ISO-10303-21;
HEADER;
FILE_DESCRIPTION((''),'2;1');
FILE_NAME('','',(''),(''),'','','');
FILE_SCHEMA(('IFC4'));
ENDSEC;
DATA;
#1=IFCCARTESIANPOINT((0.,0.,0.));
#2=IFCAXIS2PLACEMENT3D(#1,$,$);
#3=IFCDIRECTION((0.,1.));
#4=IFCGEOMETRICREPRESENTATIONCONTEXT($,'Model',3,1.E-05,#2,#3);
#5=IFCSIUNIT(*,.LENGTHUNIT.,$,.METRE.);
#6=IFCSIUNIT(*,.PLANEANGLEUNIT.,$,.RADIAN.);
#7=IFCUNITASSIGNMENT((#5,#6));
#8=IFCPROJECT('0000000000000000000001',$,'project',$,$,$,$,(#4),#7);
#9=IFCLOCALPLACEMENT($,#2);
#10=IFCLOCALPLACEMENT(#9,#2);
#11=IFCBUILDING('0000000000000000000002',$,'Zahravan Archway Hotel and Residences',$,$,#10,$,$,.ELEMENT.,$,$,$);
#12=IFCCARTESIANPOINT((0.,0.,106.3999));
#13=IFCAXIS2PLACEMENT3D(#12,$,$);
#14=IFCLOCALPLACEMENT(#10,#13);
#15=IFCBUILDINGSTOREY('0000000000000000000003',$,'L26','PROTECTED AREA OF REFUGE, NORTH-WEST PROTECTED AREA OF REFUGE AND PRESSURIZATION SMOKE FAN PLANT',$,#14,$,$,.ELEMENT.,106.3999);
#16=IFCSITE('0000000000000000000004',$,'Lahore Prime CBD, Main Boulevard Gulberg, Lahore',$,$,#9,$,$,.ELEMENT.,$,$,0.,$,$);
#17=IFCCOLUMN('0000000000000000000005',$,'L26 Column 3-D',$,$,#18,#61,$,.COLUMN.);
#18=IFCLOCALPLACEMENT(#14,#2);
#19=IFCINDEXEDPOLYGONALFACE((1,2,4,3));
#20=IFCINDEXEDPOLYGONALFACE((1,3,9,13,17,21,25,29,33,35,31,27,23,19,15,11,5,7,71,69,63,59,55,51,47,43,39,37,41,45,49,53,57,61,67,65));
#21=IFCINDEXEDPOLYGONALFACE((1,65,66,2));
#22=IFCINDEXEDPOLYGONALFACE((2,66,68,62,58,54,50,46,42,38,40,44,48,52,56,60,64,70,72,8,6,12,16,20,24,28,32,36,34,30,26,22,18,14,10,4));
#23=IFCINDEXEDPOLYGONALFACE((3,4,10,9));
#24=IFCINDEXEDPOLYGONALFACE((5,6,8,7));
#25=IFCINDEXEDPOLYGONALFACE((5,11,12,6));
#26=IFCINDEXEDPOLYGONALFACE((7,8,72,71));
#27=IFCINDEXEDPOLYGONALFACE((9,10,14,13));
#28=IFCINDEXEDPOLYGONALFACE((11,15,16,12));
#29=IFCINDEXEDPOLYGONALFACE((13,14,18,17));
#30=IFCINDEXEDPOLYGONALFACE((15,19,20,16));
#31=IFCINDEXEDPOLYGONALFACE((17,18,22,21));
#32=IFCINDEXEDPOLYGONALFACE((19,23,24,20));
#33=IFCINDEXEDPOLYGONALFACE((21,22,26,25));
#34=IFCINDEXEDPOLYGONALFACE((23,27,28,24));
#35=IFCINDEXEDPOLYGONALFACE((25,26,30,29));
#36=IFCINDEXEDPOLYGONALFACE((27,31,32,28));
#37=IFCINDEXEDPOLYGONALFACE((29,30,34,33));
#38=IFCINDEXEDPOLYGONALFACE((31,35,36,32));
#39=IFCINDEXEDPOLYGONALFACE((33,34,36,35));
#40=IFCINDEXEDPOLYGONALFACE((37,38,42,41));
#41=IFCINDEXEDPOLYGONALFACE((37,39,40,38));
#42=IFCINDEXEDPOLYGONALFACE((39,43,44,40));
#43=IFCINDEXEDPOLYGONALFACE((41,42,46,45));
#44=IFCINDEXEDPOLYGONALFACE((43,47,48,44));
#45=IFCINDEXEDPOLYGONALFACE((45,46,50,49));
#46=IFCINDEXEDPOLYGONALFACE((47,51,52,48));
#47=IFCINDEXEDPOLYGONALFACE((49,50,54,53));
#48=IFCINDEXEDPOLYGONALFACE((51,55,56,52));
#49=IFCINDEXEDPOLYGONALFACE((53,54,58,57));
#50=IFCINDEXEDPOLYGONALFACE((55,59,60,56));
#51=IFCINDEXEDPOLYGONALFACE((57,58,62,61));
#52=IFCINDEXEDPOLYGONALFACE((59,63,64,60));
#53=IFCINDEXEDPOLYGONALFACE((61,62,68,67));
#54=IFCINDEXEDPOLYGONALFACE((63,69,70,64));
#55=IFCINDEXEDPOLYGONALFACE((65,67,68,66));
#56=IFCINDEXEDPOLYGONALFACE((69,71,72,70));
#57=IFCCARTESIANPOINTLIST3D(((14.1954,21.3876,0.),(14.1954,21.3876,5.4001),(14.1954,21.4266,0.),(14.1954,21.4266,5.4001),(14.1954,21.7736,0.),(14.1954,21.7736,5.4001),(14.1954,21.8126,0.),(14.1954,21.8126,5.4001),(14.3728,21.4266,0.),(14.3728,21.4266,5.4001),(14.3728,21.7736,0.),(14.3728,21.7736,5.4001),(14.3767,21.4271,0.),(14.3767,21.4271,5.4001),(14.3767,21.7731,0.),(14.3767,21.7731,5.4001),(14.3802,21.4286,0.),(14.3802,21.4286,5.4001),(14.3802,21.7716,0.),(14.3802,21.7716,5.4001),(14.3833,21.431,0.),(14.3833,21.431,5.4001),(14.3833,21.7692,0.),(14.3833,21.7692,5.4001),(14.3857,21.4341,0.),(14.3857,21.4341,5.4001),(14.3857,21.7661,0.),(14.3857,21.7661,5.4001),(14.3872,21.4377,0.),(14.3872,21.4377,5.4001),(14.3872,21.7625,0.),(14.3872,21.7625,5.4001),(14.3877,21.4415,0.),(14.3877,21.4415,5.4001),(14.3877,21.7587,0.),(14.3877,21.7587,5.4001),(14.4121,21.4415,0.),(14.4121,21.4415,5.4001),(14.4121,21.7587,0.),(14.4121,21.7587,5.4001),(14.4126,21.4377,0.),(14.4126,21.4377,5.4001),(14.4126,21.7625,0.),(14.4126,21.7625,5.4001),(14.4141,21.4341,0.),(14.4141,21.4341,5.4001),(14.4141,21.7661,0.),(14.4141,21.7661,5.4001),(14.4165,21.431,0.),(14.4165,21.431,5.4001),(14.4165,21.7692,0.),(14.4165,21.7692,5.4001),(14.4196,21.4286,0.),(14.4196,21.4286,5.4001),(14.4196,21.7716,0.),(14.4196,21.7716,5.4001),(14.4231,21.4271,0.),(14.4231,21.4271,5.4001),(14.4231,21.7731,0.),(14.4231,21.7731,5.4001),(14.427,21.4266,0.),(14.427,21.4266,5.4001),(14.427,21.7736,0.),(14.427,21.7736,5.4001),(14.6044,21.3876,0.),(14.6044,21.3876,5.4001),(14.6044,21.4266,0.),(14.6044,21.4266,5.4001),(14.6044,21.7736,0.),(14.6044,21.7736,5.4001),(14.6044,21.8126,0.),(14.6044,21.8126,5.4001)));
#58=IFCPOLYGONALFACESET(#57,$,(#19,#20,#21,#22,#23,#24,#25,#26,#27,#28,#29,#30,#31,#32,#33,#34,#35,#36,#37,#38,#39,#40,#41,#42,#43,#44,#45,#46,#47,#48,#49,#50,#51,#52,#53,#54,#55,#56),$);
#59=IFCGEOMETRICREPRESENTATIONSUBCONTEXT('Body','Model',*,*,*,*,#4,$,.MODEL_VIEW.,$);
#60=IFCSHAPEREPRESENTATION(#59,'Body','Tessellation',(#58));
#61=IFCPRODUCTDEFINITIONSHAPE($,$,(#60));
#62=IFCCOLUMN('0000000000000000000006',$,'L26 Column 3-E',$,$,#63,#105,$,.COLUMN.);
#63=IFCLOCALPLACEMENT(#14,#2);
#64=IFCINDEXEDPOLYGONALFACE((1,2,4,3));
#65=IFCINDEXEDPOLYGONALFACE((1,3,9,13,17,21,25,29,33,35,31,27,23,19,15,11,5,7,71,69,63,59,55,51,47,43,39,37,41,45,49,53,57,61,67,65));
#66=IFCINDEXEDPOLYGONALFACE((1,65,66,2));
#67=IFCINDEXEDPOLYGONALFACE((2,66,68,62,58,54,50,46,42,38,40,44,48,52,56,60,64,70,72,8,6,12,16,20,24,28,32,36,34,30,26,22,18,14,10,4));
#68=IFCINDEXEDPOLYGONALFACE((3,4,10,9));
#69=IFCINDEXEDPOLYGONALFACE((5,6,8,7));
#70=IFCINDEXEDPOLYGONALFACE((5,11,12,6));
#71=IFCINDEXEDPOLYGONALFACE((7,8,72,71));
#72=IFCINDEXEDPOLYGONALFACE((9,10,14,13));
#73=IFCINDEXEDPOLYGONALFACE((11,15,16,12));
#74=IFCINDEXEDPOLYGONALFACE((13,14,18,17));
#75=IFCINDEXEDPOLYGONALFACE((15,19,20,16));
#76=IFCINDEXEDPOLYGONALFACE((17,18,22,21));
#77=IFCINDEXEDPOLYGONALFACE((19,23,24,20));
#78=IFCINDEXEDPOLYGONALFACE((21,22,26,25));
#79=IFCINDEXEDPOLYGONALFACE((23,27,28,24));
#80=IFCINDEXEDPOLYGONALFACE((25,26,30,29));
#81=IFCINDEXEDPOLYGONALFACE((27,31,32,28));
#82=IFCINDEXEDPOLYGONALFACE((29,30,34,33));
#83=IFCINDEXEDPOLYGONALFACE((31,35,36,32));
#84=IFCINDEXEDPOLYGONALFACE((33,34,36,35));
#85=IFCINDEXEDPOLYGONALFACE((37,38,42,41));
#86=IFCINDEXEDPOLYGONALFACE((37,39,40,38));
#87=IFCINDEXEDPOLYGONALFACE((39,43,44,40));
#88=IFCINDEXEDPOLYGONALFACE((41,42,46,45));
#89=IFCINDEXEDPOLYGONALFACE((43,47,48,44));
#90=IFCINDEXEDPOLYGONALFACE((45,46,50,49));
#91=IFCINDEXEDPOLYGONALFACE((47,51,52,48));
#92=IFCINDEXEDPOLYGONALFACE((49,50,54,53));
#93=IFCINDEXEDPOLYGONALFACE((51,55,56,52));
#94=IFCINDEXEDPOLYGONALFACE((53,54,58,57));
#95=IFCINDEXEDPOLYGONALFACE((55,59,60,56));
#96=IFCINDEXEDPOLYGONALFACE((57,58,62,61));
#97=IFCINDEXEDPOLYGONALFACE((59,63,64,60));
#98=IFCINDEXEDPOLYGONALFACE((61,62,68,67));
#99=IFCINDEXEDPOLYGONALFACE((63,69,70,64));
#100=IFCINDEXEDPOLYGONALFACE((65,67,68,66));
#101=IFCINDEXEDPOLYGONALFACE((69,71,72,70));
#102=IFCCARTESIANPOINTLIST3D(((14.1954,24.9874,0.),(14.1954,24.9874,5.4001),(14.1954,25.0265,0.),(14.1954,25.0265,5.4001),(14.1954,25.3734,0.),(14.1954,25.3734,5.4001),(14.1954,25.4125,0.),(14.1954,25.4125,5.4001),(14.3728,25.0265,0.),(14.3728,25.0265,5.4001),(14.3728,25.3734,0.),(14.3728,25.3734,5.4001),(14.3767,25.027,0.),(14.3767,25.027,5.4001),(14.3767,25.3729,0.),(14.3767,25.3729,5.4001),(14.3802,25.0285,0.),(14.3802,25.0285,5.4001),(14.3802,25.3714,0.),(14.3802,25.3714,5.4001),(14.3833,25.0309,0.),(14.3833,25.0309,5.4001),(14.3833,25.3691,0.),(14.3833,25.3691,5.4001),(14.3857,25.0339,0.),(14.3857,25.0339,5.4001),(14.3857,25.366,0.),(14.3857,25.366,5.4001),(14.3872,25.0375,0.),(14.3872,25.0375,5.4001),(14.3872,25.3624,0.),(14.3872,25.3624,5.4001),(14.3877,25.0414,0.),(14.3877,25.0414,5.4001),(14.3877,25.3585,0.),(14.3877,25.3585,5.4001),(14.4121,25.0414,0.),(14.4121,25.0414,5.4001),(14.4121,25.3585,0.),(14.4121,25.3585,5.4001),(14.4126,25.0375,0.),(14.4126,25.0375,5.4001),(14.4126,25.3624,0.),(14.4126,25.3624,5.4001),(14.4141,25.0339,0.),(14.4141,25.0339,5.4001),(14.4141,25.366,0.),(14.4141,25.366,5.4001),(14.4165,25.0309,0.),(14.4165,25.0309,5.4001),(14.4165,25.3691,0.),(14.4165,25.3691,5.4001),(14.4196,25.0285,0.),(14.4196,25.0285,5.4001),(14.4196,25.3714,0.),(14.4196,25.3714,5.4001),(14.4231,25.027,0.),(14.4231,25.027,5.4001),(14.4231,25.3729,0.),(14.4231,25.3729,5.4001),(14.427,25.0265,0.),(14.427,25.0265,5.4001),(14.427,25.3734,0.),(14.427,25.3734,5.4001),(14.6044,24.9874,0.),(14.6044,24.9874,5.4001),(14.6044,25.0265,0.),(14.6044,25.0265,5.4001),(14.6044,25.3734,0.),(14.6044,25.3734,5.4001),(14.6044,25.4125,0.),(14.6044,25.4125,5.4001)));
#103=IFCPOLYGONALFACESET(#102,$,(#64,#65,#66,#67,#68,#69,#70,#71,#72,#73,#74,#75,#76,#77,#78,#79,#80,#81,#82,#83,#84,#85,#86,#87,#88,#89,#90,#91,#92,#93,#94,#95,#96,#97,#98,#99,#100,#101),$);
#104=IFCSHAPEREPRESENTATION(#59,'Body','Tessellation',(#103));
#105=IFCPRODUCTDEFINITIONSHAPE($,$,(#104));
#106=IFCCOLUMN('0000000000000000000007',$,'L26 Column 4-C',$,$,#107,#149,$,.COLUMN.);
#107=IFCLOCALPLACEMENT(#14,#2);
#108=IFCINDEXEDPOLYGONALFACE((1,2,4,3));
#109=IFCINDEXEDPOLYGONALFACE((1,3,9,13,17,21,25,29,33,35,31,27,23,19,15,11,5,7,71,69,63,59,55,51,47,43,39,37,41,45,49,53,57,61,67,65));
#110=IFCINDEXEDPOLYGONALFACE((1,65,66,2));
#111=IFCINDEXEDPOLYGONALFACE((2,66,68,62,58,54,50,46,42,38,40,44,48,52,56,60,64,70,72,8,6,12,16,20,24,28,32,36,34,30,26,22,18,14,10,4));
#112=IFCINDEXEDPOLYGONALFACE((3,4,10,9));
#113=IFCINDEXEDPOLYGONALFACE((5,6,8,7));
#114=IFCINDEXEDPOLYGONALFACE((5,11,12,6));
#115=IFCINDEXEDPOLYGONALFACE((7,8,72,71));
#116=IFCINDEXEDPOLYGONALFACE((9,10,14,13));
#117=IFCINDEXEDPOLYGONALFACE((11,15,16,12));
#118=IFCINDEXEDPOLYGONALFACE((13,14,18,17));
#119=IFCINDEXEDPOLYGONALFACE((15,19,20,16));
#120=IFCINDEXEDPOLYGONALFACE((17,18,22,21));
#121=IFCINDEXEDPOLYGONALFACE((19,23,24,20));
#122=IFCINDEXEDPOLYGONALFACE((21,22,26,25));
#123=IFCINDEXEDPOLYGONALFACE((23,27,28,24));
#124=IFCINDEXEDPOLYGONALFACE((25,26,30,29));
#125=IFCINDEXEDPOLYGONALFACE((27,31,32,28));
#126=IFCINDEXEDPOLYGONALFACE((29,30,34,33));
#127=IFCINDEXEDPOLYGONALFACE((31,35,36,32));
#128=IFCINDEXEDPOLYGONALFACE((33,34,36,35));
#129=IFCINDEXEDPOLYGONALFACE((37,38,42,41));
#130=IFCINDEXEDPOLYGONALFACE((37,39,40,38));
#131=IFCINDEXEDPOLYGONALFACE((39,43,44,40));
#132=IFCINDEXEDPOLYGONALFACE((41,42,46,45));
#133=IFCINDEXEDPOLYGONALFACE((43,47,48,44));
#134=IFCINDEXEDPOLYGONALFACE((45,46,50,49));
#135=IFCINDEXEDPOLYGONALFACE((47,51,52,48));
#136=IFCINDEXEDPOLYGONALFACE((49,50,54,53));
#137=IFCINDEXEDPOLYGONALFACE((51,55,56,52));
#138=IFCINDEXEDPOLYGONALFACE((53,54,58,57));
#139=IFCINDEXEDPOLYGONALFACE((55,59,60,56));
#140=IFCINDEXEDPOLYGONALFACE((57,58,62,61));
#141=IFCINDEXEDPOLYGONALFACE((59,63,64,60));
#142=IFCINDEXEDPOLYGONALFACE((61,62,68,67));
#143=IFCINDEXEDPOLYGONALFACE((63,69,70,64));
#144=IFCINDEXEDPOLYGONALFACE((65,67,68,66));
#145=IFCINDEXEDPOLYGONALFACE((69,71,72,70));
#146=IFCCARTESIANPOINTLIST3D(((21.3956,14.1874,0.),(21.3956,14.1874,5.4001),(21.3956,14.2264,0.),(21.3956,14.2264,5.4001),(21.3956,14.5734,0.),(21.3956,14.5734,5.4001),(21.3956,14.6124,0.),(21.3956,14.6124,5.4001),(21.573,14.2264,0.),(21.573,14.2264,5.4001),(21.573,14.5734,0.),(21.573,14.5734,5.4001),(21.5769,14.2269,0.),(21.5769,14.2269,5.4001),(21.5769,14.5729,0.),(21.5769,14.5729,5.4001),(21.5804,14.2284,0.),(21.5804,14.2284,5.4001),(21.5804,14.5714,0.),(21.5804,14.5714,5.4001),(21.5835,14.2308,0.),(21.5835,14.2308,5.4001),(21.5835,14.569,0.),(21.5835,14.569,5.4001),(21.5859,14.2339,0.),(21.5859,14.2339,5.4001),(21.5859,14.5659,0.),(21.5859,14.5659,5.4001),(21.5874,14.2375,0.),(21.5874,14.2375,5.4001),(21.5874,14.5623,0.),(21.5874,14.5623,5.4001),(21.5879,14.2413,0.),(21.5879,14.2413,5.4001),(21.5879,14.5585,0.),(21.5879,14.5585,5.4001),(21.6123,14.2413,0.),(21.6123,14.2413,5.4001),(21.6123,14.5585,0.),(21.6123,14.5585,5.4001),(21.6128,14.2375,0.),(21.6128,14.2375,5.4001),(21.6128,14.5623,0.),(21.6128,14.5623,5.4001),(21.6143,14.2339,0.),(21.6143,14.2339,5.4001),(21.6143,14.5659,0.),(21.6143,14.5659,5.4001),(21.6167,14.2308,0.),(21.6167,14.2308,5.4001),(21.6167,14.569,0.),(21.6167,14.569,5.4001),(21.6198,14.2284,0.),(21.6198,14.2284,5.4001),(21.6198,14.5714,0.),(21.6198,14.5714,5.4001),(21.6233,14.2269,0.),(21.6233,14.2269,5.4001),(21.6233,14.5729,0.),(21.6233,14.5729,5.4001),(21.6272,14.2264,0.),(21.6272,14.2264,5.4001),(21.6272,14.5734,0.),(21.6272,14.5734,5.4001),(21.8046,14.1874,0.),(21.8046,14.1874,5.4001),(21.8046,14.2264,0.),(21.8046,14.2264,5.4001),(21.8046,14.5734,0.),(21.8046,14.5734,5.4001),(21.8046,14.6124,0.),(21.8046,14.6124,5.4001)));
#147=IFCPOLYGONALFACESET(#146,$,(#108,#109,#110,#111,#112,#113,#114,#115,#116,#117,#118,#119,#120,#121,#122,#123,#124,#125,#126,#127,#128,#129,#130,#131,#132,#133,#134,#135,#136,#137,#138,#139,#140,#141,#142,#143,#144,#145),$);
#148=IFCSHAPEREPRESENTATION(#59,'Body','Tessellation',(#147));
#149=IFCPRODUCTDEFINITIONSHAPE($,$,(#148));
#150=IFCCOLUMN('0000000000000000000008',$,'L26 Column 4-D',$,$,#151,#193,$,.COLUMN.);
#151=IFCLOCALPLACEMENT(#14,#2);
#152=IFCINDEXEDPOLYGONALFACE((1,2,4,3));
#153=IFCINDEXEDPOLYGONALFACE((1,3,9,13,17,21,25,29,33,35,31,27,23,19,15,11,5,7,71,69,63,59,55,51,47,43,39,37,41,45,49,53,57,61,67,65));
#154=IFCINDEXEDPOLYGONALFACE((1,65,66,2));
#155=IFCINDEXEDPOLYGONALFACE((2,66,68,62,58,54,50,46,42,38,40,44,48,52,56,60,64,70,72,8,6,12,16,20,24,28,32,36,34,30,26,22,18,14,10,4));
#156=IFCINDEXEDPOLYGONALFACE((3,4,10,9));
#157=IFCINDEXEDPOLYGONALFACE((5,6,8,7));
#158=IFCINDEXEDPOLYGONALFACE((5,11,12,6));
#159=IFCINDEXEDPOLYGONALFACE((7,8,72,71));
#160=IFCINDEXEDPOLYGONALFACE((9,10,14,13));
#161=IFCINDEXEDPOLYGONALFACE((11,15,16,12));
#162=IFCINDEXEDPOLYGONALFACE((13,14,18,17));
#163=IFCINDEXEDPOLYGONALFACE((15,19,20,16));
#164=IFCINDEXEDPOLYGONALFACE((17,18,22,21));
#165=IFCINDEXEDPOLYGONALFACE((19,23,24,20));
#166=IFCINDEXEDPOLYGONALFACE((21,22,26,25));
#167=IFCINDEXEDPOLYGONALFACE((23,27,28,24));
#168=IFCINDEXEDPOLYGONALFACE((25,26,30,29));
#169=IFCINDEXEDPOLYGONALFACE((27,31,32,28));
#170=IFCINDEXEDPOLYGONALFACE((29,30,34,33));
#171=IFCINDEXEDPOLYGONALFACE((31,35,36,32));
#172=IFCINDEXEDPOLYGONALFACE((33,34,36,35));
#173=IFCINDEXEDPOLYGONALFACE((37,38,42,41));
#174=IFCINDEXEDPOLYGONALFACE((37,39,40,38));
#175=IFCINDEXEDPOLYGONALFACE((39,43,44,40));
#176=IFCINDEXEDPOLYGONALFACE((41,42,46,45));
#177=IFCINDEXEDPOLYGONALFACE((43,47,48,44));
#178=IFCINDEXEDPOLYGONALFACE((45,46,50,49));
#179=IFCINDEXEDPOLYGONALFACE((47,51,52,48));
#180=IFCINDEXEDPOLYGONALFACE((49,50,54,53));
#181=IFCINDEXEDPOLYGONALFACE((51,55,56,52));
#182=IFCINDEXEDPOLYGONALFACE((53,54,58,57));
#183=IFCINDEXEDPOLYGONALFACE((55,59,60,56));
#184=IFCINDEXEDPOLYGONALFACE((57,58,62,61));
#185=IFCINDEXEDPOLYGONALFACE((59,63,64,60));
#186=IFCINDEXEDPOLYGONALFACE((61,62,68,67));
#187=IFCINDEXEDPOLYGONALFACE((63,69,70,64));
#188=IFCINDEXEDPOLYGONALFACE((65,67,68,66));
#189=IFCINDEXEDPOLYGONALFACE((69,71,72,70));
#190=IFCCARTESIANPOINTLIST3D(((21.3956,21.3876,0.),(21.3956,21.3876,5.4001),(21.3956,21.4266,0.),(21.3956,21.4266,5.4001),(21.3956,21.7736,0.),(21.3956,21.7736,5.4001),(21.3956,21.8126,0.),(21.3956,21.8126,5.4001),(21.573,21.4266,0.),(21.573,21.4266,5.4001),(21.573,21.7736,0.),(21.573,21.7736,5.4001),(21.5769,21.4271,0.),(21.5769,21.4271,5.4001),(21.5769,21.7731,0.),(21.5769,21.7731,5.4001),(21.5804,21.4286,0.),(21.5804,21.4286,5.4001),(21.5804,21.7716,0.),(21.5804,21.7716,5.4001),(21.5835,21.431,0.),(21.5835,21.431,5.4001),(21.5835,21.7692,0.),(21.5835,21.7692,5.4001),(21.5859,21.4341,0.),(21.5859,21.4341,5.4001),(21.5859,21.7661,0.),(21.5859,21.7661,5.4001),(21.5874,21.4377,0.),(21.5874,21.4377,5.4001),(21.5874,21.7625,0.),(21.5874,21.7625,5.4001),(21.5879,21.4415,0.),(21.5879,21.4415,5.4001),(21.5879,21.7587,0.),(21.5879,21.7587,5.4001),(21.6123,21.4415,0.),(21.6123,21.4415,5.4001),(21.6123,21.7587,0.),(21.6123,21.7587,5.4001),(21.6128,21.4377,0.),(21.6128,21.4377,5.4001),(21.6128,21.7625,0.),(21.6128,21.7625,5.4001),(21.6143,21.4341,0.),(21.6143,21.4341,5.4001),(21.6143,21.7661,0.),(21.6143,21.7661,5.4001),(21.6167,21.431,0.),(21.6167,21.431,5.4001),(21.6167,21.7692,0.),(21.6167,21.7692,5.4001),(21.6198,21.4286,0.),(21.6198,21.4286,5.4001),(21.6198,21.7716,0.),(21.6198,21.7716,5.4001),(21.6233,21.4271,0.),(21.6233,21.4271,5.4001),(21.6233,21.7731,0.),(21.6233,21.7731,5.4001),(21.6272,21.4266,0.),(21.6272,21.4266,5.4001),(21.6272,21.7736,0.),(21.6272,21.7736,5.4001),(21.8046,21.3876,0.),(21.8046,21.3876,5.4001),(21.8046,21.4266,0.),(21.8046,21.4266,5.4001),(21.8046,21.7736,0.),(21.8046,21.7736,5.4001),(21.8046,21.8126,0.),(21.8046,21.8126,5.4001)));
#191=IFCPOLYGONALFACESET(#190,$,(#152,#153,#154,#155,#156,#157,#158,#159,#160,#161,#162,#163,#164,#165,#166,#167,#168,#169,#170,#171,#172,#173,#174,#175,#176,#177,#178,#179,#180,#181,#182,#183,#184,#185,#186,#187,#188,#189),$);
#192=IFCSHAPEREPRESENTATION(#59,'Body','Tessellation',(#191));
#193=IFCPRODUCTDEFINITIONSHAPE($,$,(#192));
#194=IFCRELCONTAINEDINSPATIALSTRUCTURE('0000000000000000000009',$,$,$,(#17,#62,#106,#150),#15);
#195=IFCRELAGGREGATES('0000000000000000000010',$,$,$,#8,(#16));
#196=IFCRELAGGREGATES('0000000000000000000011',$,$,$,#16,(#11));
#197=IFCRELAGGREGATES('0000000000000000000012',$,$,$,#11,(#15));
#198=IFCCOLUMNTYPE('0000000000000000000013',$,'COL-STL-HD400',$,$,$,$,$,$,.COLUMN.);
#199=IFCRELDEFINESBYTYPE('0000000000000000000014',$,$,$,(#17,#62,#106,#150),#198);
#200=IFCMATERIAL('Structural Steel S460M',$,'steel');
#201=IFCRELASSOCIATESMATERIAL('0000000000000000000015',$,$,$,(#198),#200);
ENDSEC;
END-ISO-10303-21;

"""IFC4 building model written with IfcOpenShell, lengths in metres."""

from ifc_helpers import new_model, si_unit, direction, frame, origin, origin_2d, place, context, subcontext, project, spatial, i_section, extrude, source, transform, mapped, material, material_profile, profile_set, type_object, element, save


model = new_model("IFC4")

# Units and contexts
model_context = context("Model", 3, precision=1e-05, world=origin(), true_north=direction((0.0, 1.0)))
body_context = subcontext(model_context, "Body", "Model", "MODEL_VIEW")
ifc_project = project(units=[si_unit("LENGTHUNIT", "METRE"), si_unit("PLANEANGLEUNIT", "RADIAN")], contexts=[model_context])

# Site, building, storey
site_placement = place(None, origin())
site = spatial("IfcSite", under=ifc_project, at=site_placement, Name="Lahore Prime CBD, Main Boulevard Gulberg, Lahore", CompositionType="ELEMENT", RefElevation=0.0)
building_placement = place(site_placement, origin())
building = spatial("IfcBuilding", under=site, at=building_placement, Name="Zahravan Archway Hotel and Residences", CompositionType="ELEMENT")
storey_placement = place(building_placement, frame((0.0, 0.0, 106.3999)))
storey = spatial("IfcBuildingStorey", under=building, at=storey_placement, Name="L26", Description="PROTECTED AREA OF REFUGE, NORTH-WEST PROTECTED AREA OF REFUGE AND PRESSURIZATION SMOKE FAN PLANT", CompositionType="ELEMENT", Elevation=106.3999)

# Columns
ifc_material_1 = material(Name="Structural Steel S460M", Category="steel")
ifc_material_profile_1 = material_profile(ifc_material_1, i_section(OverallWidth=0.4089, OverallDepth=0.425, WebThickness=0.0244, FlangeThickness=0.0391, FilletRadius=0.0149, at=origin_2d()), Name="HD 400x421", Category="steel")
ifc_profile_set_1 = profile_set([ifc_material_profile_1], Name="Structural Steel S460M")
column_type = type_object("IfcColumnType", Name="COL-STL-HD400", PredefinedType="COLUMN", material=ifc_profile_set_1)
shared_shape_1 = source(origin(), body_context, "Body", "SweptSolid", [
    extrude(i_section(OverallWidth=0.4089, OverallDepth=0.425, WebThickness=0.0244, FlangeThickness=0.0391, FilletRadius=0.0149, at=origin_2d()), origin(), (0.0, 0.0, 1.0), 5.4001),
])
for number, where, z_axis, x_axis, name in (
    (1, (14.3999, 21.6001, 0.0), (0.0, 0.0, 1.0), (1.0, 0.0, 0.0), "L26 Column 3-D"),
    (2, (14.3999, 25.2, 0.0), (0.0, 0.0, 1.0), (1.0, 0.0, 0.0), "L26 Column 3-E"),
    (3, (21.6001, 14.3999, 0.0), (0.0, 0.0, 1.0), (1.0, 0.0, 0.0), "L26 Column 4-C"),
    (4, (21.6001, 21.6001, 0.0), (0.0, 0.0, 1.0), (1.0, 0.0, 0.0), "L26 Column 4-D"),
):
    element("IfcColumn", number, at=place(storey_placement, frame(where, z_axis=z_axis, x_axis=x_axis)), inside=storey, type_object=column_type, Name=name, PredefinedType="COLUMN", context=body_context, shape_type="MappedRepresentation", body=[
        mapped(shared_shape_1, transform((0.0, 0.0, 0.0), scale=1.0)),
    ])

save(model, "model.ifc")
